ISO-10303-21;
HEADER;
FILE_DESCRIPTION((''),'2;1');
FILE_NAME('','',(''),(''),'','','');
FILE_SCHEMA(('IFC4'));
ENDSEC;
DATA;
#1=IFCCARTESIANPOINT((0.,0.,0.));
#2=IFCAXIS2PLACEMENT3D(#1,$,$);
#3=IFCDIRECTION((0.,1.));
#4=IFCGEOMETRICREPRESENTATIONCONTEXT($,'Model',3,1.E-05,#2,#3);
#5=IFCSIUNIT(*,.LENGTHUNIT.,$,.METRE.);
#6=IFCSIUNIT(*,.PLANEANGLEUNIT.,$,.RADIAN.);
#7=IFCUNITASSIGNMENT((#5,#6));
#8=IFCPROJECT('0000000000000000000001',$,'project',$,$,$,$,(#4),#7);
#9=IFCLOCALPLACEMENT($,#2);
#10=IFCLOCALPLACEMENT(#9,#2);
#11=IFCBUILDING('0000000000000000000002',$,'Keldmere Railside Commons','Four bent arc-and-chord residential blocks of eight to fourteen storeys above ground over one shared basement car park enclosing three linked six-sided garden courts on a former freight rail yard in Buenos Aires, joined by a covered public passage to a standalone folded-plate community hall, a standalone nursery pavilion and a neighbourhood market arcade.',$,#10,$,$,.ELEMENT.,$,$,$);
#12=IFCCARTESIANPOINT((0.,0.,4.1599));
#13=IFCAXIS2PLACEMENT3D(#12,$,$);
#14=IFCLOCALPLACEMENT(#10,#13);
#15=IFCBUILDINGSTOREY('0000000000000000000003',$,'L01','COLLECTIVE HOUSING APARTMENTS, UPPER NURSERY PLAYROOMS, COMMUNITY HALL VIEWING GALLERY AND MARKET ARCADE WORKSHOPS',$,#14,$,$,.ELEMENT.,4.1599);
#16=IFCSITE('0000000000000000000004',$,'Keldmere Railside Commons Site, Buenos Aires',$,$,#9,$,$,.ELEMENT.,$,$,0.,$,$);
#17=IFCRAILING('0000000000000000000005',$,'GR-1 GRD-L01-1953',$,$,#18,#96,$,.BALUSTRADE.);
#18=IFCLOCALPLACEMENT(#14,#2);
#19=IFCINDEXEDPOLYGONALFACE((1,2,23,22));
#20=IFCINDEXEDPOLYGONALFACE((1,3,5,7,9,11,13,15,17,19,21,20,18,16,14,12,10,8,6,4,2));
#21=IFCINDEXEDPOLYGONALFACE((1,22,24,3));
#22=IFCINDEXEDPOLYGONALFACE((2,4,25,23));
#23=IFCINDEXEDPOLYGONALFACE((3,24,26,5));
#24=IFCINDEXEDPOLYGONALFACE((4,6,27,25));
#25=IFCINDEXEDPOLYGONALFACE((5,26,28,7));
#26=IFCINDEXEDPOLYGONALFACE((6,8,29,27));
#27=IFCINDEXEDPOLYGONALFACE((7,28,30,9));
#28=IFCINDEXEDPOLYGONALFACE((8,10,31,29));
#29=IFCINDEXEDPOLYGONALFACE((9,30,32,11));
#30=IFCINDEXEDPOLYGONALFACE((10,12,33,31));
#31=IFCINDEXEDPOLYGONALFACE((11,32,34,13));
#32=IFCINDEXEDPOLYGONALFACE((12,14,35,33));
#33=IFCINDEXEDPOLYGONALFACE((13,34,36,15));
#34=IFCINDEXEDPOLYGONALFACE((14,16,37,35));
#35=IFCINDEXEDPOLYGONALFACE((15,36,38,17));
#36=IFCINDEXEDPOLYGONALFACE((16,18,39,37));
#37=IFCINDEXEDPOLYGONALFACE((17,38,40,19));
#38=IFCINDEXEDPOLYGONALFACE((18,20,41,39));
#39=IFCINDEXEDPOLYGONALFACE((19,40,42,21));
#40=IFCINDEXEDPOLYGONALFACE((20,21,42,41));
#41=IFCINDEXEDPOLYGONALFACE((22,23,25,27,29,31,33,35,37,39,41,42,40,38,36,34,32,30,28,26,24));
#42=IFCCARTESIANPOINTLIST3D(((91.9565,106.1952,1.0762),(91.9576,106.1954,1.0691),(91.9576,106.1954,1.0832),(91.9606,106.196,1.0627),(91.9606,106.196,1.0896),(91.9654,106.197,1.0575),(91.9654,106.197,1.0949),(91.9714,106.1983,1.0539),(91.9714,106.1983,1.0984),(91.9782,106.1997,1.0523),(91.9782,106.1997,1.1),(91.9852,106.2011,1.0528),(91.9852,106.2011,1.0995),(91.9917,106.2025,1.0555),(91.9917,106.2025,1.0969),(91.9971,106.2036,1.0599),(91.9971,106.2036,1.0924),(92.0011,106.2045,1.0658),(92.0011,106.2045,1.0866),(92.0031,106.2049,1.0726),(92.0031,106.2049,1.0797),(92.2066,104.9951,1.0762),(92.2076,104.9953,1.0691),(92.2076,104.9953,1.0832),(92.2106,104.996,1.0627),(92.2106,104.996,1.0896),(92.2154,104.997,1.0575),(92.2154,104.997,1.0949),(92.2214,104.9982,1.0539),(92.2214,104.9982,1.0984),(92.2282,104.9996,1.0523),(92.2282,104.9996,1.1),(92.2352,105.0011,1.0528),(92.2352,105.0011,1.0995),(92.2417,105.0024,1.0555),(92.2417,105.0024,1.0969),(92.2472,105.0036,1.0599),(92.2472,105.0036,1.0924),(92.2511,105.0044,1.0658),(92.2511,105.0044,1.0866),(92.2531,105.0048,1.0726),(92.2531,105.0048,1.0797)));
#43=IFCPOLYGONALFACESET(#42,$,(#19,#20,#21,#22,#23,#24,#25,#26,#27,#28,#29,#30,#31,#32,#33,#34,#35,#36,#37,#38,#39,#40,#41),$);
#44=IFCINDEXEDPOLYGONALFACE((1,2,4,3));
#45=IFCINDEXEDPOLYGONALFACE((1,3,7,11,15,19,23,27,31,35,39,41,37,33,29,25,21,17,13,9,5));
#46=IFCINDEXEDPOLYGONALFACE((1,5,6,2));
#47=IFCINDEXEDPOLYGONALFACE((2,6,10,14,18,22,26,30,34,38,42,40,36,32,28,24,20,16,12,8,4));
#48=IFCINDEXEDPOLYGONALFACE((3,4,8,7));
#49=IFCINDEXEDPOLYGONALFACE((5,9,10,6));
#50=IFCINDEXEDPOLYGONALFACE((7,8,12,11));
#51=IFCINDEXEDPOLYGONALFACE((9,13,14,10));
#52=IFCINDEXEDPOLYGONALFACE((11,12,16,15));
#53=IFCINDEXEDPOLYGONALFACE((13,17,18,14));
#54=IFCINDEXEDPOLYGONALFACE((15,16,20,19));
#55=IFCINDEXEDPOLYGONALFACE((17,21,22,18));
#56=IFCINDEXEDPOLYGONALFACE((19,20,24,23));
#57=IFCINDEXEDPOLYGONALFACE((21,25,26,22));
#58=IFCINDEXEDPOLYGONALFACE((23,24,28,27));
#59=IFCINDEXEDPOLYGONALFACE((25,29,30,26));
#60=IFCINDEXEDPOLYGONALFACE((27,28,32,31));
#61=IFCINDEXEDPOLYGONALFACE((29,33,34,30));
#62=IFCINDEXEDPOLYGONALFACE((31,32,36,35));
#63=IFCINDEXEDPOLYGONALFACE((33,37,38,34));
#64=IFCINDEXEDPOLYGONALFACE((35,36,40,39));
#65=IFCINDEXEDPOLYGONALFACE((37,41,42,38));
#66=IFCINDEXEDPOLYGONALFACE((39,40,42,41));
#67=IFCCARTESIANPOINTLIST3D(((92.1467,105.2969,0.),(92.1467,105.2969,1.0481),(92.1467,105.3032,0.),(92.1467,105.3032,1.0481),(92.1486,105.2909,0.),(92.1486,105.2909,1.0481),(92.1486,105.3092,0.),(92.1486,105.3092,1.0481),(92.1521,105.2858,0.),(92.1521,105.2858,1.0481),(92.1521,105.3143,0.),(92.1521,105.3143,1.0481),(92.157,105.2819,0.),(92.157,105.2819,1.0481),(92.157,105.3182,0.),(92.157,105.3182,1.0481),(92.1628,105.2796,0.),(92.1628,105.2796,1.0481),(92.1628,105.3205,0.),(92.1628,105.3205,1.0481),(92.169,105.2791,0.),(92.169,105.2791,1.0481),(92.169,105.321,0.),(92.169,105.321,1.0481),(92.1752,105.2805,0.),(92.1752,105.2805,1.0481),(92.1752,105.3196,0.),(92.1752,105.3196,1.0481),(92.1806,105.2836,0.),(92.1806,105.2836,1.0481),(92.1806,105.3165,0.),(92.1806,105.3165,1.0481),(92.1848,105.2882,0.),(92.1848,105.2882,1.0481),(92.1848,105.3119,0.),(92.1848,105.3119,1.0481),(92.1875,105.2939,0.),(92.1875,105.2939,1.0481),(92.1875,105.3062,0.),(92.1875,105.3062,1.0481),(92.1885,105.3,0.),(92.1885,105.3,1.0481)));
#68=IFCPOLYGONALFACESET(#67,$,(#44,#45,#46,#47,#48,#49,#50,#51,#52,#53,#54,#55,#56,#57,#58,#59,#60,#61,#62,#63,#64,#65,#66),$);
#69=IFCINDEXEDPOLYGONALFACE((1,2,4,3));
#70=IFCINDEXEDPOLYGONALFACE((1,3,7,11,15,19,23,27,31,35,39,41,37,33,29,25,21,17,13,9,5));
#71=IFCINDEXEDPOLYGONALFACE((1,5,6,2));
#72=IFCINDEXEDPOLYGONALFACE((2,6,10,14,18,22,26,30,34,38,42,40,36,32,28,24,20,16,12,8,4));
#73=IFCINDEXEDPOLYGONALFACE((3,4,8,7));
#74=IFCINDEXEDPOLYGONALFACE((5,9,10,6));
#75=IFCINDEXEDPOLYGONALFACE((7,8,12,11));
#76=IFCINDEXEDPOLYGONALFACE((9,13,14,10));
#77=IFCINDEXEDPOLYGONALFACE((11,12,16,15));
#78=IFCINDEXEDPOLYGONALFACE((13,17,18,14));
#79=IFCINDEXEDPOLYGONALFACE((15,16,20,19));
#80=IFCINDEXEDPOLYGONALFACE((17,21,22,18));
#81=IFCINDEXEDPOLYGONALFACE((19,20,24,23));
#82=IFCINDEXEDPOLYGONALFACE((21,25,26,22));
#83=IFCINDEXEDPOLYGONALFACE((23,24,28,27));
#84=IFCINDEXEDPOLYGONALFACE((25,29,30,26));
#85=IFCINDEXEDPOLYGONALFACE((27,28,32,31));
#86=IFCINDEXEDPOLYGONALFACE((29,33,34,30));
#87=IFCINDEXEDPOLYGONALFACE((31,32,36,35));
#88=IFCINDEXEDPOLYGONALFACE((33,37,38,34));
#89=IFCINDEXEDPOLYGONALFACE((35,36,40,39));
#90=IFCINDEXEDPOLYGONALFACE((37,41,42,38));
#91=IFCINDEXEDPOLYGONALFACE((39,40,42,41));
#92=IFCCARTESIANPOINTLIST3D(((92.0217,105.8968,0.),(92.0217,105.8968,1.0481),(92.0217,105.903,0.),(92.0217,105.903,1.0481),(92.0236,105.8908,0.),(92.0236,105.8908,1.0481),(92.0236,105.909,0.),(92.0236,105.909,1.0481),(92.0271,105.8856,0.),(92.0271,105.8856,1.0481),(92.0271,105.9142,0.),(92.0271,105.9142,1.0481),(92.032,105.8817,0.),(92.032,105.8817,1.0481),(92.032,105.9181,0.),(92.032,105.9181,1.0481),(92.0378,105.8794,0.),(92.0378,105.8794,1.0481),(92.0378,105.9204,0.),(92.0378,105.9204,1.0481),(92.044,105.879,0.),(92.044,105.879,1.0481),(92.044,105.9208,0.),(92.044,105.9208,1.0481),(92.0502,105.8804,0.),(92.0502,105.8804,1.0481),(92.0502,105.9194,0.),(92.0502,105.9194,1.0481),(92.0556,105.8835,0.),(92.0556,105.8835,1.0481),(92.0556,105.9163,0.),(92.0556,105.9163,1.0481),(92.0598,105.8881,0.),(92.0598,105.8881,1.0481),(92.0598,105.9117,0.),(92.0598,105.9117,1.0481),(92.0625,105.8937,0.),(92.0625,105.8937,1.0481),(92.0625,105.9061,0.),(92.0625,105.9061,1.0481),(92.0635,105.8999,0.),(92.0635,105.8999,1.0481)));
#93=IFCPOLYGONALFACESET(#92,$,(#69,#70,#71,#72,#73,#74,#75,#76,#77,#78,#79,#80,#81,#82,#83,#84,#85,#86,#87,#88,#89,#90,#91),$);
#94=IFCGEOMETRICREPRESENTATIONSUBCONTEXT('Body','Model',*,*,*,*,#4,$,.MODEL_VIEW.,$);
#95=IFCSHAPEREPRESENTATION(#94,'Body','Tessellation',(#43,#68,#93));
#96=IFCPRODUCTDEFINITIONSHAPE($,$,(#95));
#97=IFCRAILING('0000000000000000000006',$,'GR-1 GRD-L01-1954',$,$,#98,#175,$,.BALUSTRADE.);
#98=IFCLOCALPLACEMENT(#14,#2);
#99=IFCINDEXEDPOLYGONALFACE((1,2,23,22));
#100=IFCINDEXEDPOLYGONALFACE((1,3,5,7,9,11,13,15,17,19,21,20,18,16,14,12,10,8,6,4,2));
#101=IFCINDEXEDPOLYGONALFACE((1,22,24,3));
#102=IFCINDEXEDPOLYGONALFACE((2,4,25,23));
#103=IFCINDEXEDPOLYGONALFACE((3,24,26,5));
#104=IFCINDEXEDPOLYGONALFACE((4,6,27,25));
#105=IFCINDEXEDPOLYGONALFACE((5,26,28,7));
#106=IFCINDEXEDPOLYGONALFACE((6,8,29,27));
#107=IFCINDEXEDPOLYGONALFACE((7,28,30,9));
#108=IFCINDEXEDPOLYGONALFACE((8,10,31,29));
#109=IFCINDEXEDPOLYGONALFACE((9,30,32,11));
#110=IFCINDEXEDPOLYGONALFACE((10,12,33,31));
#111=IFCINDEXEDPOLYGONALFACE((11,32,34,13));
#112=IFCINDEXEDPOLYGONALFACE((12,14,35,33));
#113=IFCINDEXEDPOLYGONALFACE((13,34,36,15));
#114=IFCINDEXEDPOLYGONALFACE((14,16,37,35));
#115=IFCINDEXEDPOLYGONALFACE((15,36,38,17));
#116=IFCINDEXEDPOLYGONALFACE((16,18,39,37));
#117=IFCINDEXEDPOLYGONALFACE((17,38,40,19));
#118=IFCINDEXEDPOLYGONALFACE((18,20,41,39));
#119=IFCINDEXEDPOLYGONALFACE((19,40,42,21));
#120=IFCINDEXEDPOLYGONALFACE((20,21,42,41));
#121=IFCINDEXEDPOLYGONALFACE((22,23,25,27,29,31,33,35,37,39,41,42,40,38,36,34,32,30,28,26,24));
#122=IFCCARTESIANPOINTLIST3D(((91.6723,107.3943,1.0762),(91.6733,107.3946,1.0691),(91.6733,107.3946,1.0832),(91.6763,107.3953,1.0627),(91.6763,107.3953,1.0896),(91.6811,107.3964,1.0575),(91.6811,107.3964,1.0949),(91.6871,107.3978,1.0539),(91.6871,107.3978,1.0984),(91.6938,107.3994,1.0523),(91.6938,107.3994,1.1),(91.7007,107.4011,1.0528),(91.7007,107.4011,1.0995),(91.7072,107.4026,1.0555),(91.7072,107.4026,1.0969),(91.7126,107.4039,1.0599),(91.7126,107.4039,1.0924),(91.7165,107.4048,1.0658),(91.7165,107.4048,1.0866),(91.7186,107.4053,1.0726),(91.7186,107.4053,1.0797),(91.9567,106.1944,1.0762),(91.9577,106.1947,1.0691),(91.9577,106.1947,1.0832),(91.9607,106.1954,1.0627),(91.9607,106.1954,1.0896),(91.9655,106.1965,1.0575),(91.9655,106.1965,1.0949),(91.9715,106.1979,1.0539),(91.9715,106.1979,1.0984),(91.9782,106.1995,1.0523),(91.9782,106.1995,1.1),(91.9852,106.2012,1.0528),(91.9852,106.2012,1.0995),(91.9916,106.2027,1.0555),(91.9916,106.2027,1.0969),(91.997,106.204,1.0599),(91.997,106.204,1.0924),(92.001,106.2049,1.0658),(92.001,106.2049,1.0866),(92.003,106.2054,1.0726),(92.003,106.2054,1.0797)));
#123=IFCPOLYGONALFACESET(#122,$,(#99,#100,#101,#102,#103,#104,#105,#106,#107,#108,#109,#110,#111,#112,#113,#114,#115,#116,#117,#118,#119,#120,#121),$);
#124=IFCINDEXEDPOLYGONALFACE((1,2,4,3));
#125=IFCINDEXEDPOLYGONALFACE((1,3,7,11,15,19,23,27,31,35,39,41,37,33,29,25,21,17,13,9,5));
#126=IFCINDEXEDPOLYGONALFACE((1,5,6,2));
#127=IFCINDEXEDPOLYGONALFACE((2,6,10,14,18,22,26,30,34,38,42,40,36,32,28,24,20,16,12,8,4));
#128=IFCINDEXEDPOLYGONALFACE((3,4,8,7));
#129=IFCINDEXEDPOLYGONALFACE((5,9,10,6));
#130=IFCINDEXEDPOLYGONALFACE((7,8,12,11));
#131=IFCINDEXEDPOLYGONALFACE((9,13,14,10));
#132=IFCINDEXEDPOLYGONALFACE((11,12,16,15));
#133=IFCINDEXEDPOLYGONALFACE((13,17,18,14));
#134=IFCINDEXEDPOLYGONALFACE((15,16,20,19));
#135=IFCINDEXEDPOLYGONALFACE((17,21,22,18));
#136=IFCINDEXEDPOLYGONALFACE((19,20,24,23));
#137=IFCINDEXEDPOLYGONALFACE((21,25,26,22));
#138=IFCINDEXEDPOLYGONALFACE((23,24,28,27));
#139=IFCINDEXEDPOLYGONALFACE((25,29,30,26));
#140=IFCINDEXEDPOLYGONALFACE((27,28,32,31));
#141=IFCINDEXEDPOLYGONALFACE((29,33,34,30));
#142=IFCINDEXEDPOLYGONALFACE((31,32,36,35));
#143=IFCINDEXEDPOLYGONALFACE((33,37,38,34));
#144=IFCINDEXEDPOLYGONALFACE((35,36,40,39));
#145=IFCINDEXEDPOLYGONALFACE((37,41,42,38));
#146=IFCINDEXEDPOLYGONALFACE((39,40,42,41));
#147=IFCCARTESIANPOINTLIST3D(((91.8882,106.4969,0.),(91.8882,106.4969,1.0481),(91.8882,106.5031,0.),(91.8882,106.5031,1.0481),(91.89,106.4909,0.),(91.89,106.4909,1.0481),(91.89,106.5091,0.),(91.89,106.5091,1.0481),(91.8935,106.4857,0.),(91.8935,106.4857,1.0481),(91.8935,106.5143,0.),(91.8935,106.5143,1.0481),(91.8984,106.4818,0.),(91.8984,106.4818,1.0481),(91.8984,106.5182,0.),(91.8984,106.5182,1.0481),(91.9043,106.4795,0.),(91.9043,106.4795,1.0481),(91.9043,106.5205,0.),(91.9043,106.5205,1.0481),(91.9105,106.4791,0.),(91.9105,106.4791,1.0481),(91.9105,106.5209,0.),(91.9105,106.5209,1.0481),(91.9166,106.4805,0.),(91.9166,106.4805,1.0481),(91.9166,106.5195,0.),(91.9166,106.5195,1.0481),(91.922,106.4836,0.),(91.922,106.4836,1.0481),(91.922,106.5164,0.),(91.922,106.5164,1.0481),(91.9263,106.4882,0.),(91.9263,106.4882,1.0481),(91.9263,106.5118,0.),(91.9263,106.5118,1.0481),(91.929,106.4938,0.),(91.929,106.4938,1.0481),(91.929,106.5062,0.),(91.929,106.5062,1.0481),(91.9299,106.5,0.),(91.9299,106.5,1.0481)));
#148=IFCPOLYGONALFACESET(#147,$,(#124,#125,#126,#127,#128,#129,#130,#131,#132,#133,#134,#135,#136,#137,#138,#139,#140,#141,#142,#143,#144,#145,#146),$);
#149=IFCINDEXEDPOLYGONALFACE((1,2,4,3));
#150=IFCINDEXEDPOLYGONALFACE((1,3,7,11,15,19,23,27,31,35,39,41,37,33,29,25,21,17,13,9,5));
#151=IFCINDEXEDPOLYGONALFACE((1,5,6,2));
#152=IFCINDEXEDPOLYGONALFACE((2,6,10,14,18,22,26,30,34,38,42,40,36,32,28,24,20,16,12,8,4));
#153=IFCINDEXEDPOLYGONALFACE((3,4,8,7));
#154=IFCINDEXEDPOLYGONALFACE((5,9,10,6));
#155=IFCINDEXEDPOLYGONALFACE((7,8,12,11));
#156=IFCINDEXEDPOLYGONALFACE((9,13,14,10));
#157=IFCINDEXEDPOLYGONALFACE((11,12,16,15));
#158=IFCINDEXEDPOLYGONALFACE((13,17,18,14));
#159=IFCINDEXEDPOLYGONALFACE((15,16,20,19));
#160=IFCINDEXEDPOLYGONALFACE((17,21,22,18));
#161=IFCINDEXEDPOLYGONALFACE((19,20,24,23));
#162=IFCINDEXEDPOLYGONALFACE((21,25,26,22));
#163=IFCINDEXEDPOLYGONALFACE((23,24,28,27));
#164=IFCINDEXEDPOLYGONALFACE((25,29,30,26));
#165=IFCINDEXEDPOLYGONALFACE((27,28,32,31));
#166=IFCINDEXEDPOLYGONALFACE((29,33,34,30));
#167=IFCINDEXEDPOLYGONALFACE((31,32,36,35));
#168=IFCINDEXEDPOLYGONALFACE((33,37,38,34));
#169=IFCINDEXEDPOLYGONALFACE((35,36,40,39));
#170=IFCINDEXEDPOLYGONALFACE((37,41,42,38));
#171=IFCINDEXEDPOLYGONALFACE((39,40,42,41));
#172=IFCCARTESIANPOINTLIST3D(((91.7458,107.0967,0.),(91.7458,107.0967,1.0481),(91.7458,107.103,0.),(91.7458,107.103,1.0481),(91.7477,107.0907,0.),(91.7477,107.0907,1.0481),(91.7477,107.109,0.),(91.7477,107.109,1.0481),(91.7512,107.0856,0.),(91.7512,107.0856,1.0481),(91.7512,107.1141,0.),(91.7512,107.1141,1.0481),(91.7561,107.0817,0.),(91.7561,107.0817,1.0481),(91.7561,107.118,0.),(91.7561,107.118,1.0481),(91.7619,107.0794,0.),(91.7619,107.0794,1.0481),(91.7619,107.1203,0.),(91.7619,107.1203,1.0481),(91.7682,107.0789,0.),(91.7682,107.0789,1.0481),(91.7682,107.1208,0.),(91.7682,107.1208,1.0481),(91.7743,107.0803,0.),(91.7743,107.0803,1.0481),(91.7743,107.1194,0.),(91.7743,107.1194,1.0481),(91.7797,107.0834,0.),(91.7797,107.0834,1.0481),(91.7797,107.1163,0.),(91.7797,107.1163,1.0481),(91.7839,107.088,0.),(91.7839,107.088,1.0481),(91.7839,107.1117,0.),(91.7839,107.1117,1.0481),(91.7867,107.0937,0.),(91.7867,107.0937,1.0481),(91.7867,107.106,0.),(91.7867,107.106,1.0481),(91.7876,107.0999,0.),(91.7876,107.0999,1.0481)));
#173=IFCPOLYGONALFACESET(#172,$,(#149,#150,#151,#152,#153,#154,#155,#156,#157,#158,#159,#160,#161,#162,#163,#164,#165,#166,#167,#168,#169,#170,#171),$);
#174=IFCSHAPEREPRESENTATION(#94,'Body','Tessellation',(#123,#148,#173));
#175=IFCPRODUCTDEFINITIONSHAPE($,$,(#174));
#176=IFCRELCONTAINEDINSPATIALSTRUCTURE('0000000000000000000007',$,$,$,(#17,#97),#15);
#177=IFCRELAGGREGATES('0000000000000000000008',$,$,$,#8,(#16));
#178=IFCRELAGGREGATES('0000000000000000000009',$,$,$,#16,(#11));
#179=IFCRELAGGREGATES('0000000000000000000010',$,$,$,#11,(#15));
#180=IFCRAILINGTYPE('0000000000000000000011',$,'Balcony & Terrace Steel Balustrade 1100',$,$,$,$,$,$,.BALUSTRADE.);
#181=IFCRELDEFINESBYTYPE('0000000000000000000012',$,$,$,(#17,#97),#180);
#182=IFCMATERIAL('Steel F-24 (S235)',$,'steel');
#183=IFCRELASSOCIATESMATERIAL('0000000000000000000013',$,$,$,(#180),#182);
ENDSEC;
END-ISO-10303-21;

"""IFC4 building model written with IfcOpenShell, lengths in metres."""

from ifc_helpers import new_model, si_unit, direction, frame, origin, origin_2d, place, context, subcontext, project, spatial, circle, extrude, material, type_object, element, save


model = new_model("IFC4")

# Units and contexts
model_context = context("Model", 3, precision=1e-05, world=origin(), true_north=direction((0.0, 1.0)))
body_context = subcontext(model_context, "Body", "Model", "MODEL_VIEW")
ifc_project = project(units=[si_unit("LENGTHUNIT", "METRE"), si_unit("PLANEANGLEUNIT", "RADIAN")], contexts=[model_context])

# Site, building, storey
site_placement = place(None, origin())
site = spatial("IfcSite", under=ifc_project, at=site_placement, Name="Keldmere Railside Commons Site, Buenos Aires", CompositionType="ELEMENT", RefElevation=0.0)
building_placement = place(site_placement, origin())
building = spatial("IfcBuilding", under=site, at=building_placement, Name="Keldmere Railside Commons", Description="Four bent arc-and-chord residential blocks of eight to fourteen storeys above ground over one shared basement car park enclosing three linked six-sided garden courts on a former freight rail yard in Buenos Aires, joined by a covered public passage to a standalone folded-plate community hall, a standalone nursery pavilion and a neighbourhood market arcade.", CompositionType="ELEMENT")
storey_placement = place(building_placement, frame((0.0, 0.0, 4.1599)))
storey = spatial("IfcBuildingStorey", under=building, at=storey_placement, Name="L01", Description="COLLECTIVE HOUSING APARTMENTS, UPPER NURSERY PLAYROOMS, COMMUNITY HALL VIEWING GALLERY AND MARKET ARCADE WORKSHOPS", CompositionType="ELEMENT", Elevation=4.1599)

# Railings
ifc_material_1 = material(Name="Steel F-24 (S235)", Category="steel")
railing_type = type_object("IfcRailingType", Name="Balcony & Terrace Steel Balustrade 1100", PredefinedType="BALUSTRADE", material=ifc_material_1)
railing_1_placement = place(storey_placement, frame((92.23, 105.0, 0.0)))
element("IfcRailing", 1, at=railing_1_placement, inside=storey, type_object=railing_type, Name="GR-1 GRD-L01-1953", PredefinedType="BALUSTRADE", context=body_context, shape_type="SweptSolid", body=[
    extrude(circle(Radius=0.0239, at=origin_2d()), frame((0.0, 0.0, 1.0762), z_axis=(-0.203962, 0.978979, 0.0), x_axis=(-0.978979, -0.203962, 0.0)), (0.0, 0.0, 1.0), 1.2258),
    extrude(circle(Radius=0.021, at=origin_2d()), frame((-0.0625, 0.3, 0.0)), (0.0, 0.0, 1.0), 1.0481),
    extrude(circle(Radius=0.021, at=origin_2d()), frame((-0.1875, 0.8999, 0.0)), (0.0, 0.0, 1.0), 1.0481),
])
railing_2_placement = place(storey_placement, frame((91.98, 106.2, 0.0)))
element("IfcRailing", 2, at=railing_2_placement, inside=storey, type_object=railing_type, Name="GR-1 GRD-L01-1954", PredefinedType="BALUSTRADE", context=body_context, shape_type="SweptSolid", body=[
    extrude(circle(Radius=0.0239, at=origin_2d()), frame((0.0, 0.0, 1.0762), z_axis=(-0.230639, 0.973039, 0.0), x_axis=(-0.973039, -0.230639, 0.0)), (0.0, 0.0, 1.0), 1.2332),
    extrude(circle(Radius=0.021, at=origin_2d()), frame((-0.071, 0.3, 0.0)), (0.0, 0.0, 1.0), 1.0481),
    extrude(circle(Radius=0.021, at=origin_2d()), frame((-0.2134, 0.8999, 0.0)), (0.0, 0.0, 1.0), 1.0481),
])

save(model, "model.ifc")
